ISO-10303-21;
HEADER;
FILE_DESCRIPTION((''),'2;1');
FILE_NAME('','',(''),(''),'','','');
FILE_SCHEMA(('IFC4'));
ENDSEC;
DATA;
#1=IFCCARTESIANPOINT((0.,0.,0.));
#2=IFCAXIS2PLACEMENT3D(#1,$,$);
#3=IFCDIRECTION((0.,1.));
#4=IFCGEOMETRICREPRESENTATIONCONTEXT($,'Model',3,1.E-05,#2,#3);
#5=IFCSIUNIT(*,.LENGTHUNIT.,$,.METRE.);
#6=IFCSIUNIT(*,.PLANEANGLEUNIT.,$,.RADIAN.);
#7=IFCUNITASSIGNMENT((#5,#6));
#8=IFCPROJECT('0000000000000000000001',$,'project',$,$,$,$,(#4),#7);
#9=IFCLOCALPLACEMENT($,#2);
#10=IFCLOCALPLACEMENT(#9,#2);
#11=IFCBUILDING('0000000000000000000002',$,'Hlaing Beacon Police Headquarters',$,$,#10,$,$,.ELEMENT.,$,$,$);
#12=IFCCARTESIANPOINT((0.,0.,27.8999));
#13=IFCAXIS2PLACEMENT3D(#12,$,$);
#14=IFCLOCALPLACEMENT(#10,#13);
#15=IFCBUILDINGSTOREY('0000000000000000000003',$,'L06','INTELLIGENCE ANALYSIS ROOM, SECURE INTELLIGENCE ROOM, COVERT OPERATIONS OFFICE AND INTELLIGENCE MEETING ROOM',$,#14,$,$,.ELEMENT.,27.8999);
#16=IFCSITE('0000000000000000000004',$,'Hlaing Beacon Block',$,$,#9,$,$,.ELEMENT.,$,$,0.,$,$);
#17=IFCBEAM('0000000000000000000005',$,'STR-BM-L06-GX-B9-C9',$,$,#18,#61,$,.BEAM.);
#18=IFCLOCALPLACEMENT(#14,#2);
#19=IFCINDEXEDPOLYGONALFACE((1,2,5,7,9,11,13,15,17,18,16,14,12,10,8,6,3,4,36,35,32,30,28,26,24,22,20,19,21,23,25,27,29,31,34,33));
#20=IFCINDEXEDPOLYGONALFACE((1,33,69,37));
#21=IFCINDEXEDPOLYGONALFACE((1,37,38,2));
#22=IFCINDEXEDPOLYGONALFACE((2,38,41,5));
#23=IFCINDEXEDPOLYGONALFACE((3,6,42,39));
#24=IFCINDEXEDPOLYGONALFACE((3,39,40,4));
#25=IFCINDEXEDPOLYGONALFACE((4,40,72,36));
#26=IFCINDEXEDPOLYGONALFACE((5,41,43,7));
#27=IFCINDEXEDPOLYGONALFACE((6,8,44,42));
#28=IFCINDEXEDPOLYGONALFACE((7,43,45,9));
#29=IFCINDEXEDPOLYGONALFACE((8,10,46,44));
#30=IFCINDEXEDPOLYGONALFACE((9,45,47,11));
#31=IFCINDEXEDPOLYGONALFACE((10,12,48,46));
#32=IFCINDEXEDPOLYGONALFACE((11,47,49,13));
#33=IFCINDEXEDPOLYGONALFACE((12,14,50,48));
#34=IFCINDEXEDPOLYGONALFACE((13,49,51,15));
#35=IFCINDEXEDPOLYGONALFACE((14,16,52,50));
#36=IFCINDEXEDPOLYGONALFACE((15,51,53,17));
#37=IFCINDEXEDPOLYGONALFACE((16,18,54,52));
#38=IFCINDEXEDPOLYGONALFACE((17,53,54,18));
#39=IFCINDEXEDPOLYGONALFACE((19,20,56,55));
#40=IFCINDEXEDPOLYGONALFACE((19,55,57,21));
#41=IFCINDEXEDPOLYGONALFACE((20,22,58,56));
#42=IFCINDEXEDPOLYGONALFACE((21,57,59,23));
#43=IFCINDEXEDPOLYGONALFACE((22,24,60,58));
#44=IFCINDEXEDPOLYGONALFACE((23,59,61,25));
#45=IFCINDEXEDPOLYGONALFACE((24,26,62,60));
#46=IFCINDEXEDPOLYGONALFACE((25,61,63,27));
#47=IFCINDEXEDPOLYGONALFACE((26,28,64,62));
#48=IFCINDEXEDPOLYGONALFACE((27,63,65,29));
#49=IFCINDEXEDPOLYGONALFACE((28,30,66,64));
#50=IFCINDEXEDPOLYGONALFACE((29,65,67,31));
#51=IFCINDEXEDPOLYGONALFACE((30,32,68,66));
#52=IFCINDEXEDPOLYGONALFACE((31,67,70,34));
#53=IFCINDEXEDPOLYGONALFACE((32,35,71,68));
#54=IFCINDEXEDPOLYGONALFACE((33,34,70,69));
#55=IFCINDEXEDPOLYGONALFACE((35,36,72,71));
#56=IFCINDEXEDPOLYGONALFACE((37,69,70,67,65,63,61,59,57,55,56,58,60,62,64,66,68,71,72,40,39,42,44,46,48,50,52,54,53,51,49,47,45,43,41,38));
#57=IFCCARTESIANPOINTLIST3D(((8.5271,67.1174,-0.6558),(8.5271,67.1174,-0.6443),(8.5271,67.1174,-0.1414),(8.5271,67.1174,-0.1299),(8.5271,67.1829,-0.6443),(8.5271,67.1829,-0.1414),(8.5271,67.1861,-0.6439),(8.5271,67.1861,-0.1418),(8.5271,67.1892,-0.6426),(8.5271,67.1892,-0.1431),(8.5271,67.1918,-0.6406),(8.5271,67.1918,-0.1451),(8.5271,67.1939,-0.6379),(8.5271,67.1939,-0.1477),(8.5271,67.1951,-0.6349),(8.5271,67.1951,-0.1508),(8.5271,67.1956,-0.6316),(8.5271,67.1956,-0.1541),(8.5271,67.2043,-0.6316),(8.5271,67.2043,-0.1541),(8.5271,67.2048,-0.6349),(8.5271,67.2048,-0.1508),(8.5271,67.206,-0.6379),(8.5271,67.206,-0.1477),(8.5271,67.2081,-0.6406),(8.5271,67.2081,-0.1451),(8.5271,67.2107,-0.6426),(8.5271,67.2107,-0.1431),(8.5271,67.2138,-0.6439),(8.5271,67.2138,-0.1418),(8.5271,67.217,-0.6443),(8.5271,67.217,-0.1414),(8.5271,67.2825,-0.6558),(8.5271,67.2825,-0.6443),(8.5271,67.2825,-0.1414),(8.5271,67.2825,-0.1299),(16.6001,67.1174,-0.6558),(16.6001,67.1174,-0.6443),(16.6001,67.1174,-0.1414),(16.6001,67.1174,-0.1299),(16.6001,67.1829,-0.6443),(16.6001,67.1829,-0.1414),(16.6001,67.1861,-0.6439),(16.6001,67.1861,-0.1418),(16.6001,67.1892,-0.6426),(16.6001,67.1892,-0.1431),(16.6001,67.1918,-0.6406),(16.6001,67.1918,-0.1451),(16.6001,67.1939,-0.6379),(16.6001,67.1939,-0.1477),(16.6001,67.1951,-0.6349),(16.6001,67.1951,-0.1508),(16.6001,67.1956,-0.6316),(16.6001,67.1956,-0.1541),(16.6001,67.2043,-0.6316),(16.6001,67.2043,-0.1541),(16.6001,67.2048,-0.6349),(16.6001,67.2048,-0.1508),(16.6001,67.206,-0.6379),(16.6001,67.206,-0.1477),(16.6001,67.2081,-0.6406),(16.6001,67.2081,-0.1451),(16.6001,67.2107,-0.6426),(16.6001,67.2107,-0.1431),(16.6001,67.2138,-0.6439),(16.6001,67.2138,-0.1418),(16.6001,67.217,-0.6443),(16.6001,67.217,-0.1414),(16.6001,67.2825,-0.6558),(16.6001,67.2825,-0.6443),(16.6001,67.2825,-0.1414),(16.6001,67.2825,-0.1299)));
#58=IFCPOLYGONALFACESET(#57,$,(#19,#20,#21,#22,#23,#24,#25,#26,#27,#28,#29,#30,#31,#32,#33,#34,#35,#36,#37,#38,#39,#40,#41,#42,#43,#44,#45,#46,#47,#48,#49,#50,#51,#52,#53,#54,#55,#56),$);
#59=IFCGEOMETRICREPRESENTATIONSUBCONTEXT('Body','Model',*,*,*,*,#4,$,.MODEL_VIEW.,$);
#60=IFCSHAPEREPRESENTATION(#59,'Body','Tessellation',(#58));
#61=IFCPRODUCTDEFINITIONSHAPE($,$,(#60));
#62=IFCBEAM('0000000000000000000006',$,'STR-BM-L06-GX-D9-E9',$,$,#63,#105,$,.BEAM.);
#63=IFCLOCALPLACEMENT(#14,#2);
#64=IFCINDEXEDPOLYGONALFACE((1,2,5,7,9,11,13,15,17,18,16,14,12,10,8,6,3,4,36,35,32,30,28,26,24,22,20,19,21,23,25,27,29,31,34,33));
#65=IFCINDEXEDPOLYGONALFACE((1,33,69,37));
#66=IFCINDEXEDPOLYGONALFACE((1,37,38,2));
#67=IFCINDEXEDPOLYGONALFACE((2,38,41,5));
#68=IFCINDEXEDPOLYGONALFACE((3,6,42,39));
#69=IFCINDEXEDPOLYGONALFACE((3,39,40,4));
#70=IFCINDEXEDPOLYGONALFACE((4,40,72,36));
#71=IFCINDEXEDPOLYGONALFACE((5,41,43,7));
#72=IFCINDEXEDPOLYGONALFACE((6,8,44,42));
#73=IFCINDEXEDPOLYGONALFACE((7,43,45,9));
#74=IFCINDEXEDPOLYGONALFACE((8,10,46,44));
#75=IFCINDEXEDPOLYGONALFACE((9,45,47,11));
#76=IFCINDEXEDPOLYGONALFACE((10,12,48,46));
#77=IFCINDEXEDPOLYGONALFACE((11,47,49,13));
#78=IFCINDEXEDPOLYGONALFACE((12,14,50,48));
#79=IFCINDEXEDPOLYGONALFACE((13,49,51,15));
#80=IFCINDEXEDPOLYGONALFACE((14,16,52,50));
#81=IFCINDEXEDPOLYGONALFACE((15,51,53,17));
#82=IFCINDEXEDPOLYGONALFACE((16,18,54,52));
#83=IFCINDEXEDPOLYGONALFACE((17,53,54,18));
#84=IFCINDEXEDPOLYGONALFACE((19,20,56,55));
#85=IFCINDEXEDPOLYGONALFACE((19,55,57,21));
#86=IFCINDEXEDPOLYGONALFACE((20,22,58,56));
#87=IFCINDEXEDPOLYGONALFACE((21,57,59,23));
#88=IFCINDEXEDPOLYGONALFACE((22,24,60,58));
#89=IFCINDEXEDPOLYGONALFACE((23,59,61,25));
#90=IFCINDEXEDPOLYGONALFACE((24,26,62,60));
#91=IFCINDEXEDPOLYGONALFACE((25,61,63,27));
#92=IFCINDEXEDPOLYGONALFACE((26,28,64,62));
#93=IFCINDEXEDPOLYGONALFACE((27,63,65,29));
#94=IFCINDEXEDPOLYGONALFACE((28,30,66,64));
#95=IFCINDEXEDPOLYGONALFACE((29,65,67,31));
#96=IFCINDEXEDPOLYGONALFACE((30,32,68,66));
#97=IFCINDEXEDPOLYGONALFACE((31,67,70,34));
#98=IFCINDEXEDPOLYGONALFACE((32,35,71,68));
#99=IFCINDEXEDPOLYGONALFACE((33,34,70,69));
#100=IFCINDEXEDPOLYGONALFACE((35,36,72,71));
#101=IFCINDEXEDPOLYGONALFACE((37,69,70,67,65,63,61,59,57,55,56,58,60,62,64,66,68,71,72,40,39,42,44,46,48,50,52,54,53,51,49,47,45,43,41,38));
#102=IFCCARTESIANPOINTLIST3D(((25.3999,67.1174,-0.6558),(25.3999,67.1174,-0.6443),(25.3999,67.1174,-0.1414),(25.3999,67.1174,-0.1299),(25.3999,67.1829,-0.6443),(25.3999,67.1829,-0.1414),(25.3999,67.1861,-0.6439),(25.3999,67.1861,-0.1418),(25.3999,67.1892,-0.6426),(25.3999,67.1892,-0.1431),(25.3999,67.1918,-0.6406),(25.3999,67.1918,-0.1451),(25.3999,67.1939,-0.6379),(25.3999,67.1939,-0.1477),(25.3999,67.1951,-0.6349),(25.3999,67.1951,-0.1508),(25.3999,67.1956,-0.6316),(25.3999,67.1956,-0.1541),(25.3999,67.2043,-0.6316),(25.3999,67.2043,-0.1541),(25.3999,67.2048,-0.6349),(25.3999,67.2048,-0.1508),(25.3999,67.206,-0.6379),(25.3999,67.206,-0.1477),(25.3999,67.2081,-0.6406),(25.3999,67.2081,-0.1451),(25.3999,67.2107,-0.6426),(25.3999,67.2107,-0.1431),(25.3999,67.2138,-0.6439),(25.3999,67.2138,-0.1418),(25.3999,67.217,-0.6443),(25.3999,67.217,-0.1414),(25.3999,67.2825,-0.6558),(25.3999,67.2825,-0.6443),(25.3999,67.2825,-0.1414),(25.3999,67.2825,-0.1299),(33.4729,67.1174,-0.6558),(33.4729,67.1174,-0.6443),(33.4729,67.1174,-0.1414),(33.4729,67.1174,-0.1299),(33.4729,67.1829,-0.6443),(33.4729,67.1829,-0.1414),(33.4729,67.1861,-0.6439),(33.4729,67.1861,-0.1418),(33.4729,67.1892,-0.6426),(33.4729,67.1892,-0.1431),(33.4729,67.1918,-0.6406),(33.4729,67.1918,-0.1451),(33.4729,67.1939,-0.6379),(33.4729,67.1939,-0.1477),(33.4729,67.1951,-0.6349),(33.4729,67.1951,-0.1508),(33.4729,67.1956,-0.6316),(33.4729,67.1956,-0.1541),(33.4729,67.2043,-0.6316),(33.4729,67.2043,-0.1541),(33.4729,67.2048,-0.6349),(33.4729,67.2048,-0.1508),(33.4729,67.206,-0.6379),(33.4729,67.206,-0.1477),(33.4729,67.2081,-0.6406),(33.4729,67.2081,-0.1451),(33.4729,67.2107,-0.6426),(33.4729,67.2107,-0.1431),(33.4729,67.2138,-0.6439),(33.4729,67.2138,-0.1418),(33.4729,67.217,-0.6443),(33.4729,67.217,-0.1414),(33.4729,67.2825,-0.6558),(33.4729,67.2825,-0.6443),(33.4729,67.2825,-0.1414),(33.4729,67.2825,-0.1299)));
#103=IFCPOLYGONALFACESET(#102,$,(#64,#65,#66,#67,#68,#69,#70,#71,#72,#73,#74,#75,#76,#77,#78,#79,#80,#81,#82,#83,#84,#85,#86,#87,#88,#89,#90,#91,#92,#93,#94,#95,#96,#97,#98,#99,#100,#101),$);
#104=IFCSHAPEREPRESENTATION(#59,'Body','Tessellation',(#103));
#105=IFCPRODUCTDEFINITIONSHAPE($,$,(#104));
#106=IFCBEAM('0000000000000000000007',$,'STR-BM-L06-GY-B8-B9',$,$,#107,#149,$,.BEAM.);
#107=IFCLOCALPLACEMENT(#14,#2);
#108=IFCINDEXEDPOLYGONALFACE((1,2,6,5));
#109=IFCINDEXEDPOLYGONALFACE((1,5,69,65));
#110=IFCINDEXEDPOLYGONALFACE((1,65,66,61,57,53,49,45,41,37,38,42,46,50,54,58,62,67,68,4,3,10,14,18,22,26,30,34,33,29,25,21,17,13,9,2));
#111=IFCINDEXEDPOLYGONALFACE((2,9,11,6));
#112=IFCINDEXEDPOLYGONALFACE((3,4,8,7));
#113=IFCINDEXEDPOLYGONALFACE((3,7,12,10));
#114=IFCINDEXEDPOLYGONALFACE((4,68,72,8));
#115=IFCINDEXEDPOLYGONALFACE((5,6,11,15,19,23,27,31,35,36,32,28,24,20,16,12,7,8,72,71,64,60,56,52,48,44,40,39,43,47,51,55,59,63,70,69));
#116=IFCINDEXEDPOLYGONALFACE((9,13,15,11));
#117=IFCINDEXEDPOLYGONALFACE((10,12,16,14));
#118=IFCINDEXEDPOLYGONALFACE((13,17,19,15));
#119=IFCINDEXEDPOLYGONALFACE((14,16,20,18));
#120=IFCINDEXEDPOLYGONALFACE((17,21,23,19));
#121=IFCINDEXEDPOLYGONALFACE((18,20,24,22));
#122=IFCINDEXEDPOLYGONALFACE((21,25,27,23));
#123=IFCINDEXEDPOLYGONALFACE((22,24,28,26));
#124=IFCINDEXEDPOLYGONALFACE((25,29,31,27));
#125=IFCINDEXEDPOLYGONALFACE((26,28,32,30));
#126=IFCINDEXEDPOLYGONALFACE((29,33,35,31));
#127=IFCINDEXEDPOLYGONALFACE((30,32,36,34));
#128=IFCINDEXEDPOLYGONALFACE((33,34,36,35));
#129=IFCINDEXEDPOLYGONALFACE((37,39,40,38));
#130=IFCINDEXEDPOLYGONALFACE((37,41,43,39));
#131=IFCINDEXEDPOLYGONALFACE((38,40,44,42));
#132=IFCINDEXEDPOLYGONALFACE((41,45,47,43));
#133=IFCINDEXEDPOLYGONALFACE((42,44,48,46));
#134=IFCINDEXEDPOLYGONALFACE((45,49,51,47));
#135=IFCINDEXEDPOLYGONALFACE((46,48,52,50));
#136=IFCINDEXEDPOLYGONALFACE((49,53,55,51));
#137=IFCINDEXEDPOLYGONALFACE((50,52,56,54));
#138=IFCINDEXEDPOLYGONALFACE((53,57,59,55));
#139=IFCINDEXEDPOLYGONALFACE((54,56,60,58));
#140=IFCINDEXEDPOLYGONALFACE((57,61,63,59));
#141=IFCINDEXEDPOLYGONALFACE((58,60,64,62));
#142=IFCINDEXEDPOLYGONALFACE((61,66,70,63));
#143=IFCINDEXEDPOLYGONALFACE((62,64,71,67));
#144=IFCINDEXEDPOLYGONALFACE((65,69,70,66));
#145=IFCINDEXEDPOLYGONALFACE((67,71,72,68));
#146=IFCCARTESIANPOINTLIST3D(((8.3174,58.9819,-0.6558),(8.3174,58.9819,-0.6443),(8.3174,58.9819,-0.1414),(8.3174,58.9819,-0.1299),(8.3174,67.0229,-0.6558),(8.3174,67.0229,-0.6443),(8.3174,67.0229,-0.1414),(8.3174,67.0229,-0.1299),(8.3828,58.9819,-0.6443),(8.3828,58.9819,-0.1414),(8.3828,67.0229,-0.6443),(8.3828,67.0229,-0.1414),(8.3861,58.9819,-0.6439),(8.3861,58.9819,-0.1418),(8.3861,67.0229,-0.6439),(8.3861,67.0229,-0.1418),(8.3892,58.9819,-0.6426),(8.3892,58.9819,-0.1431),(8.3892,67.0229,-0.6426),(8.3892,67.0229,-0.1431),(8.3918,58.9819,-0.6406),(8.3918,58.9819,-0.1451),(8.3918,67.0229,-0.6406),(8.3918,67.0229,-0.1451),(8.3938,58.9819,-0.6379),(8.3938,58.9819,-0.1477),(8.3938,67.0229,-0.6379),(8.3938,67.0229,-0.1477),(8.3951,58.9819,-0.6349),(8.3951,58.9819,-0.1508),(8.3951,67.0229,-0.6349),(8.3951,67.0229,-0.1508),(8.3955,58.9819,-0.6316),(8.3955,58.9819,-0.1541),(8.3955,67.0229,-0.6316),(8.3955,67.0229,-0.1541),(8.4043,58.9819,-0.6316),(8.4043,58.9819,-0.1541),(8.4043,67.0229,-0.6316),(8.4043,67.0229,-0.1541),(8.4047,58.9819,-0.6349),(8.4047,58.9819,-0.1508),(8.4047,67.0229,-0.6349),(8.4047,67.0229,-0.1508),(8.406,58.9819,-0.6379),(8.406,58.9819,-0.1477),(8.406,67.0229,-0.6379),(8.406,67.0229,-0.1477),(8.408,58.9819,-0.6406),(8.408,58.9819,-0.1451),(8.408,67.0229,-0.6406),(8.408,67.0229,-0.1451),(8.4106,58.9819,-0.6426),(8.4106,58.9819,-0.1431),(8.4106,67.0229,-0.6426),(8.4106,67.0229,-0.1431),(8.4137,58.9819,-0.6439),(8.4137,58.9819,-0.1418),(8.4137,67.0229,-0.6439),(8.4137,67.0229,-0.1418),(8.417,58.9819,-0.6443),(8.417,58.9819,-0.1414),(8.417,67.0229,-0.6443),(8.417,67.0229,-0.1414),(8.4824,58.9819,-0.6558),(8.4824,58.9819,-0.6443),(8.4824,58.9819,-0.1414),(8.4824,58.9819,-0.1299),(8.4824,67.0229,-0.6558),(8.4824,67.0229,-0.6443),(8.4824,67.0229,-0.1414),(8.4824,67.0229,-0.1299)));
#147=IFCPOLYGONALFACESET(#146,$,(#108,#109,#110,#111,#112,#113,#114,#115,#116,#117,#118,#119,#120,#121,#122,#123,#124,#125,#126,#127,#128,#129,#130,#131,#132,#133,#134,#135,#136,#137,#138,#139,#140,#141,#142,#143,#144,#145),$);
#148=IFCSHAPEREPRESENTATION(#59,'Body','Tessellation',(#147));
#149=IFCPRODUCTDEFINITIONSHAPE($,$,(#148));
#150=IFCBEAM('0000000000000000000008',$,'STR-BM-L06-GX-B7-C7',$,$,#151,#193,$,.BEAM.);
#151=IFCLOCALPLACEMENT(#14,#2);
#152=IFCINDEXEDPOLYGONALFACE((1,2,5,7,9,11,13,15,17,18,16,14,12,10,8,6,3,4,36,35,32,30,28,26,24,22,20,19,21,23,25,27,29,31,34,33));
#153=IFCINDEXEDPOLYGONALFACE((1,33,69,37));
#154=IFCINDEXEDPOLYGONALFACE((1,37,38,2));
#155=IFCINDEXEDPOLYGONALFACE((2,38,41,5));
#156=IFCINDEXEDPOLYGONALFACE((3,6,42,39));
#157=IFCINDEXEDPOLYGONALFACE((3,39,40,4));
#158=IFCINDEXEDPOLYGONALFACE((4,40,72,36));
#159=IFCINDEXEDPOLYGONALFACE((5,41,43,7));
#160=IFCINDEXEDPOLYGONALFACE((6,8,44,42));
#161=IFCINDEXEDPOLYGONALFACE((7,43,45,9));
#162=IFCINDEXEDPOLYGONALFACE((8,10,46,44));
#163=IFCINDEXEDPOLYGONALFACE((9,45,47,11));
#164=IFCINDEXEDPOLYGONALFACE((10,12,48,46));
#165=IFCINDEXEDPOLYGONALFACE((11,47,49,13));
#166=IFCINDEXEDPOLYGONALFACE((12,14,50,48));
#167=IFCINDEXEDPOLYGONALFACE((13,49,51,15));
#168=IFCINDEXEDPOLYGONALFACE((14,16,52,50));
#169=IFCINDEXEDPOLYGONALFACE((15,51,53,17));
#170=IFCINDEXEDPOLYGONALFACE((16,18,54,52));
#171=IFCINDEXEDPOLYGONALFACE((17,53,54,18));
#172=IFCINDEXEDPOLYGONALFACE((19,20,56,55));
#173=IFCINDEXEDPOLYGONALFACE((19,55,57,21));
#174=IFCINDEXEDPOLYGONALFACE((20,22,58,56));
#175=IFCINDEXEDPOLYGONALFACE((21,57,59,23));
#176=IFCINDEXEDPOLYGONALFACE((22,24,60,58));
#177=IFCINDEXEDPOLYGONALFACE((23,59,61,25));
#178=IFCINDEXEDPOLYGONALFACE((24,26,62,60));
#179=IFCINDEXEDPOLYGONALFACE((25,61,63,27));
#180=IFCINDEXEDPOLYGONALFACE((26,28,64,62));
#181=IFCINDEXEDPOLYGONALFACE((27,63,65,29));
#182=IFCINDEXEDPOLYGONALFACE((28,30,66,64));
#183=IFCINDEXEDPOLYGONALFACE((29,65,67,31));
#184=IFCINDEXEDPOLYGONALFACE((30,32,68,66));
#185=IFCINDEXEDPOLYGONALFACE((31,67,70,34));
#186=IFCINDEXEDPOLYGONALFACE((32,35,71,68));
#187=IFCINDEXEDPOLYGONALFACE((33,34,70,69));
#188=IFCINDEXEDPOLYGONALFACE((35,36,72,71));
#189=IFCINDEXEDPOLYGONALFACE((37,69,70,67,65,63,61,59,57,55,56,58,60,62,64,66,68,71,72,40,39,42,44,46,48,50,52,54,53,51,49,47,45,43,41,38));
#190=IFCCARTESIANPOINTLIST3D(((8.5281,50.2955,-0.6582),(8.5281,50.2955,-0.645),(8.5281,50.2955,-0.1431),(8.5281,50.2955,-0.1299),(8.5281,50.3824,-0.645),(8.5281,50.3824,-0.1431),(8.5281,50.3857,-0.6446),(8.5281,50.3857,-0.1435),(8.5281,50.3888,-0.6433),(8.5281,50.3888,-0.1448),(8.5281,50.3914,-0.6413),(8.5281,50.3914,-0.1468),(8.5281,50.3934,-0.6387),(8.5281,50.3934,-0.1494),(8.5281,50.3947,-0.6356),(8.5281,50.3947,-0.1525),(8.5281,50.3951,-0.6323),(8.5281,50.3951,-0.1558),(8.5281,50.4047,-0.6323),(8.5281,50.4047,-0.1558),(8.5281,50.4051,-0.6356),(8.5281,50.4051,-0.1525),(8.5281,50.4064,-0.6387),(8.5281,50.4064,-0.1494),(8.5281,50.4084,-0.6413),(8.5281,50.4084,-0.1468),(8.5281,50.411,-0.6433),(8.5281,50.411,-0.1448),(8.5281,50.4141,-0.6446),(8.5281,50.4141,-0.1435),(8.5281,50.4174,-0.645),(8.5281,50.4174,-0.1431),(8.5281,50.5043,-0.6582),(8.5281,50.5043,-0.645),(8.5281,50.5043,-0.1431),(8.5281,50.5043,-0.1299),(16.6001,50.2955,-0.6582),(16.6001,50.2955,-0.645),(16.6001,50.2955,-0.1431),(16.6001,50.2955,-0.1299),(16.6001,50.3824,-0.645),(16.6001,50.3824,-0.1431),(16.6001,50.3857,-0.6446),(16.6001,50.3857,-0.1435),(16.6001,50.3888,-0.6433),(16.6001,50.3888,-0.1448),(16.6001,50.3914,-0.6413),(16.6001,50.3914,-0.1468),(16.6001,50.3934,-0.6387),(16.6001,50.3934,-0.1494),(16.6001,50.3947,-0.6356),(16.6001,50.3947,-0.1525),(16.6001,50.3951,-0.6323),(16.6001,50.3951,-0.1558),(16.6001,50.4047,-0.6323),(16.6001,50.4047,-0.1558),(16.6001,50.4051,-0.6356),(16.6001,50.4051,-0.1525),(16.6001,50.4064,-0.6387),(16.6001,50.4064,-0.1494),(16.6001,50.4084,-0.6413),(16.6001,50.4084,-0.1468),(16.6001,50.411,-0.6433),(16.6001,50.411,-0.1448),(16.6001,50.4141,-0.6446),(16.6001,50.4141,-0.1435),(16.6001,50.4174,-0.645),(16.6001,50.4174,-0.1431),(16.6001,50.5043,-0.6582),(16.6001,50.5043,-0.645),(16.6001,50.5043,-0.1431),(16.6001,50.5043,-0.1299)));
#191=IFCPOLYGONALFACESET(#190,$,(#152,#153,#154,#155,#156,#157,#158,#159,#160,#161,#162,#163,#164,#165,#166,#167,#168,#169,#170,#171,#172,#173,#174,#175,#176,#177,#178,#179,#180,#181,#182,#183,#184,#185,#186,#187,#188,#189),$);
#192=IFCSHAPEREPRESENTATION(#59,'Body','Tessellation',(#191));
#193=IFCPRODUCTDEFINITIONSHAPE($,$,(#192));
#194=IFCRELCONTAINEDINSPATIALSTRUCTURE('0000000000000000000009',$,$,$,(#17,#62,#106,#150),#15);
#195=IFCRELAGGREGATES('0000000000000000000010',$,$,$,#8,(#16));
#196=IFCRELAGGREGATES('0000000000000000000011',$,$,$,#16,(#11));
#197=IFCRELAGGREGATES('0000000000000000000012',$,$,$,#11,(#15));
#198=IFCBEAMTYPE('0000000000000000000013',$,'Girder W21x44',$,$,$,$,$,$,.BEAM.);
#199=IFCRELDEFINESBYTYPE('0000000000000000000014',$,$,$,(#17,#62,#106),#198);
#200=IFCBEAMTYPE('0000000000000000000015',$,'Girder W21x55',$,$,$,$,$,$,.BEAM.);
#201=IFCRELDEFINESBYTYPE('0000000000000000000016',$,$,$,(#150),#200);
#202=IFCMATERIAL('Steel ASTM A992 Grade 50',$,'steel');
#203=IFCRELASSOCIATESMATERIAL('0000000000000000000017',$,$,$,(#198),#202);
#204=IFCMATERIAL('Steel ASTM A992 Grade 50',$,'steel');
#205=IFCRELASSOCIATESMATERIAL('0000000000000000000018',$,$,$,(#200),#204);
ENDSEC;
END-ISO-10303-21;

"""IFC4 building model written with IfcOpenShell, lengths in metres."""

from ifc_helpers import new_model, si_unit, direction, frame, origin, origin_2d, place, context, subcontext, project, spatial, i_section, extrude, material, material_profile, profile_set, type_object, element, save


model = new_model("IFC4")

# Units and contexts
model_context = context("Model", 3, precision=1e-05, world=origin(), true_north=direction((0.0, 1.0)))
body_context = subcontext(model_context, "Body", "Model", "MODEL_VIEW")
ifc_project = project(units=[si_unit("LENGTHUNIT", "METRE"), si_unit("PLANEANGLEUNIT", "RADIAN")], contexts=[model_context])

# Site, building, storey
site_placement = place(None, origin())
site = spatial("IfcSite", under=ifc_project, at=site_placement, Name="Hlaing Beacon Block", CompositionType="ELEMENT", RefElevation=0.0)
building_placement = place(site_placement, origin())
building = spatial("IfcBuilding", under=site, at=building_placement, Name="Hlaing Beacon Police Headquarters", CompositionType="ELEMENT")
storey_placement = place(building_placement, frame((0.0, 0.0, 27.8999)))
storey = spatial("IfcBuildingStorey", under=building, at=storey_placement, Name="L06", Description="INTELLIGENCE ANALYSIS ROOM, SECURE INTELLIGENCE ROOM, COVERT OPERATIONS OFFICE AND INTELLIGENCE MEETING ROOM", CompositionType="ELEMENT", Elevation=27.8999)

# Beams
ifc_material_1 = material(Name="Steel ASTM A992 Grade 50", Category="steel")
ifc_material_profile_1 = material_profile(ifc_material_1, i_section(OverallWidth=0.165, OverallDepth=0.5259, WebThickness=0.0088, FlangeThickness=0.0115, FilletRadius=0.0127, at=origin_2d()), Name="W21x44")
ifc_profile_set_1 = profile_set([ifc_material_profile_1], Name="Steel ASTM A992 Grade 50")
beam_type_1 = type_object("IfcBeamType", Name="Girder W21x44", PredefinedType="BEAM", material=ifc_profile_set_1)
for number, where, z_axis, x_axis, name in (
    (1, (8.5271, 67.2, -0.3928), (1.0, 0.0, 0.0), (0.0, 1.0, 0.0), "STR-BM-L06-GX-B9-C9"),
    (2, (25.3999, 67.2, -0.3928), (1.0, 0.0, 0.0), (0.0, 1.0, 0.0), "STR-BM-L06-GX-D9-E9"),
):
    element("IfcBeam", number, at=place(storey_placement, frame(where, z_axis=z_axis, x_axis=x_axis)), inside=storey, type_object=beam_type_1, Name=name, PredefinedType="BEAM", context=body_context, shape_type="SweptSolid", body=[
        extrude(i_section(OverallWidth=0.165, OverallDepth=0.5259, WebThickness=0.0088, FlangeThickness=0.0115, FilletRadius=0.0127, at=origin_2d()), origin(), (0.0, 0.0, 1.0), 8.073),
    ])
beam_placement = place(storey_placement, frame((8.3999, 58.9819, -0.3928), z_axis=(0.0, 1.0, 0.0), x_axis=(-1.0, 0.0, 0.0)))
element("IfcBeam", 3, at=beam_placement, inside=storey, type_object=beam_type_1, Name="STR-BM-L06-GY-B8-B9", PredefinedType="BEAM", context=body_context, shape_type="SweptSolid", body=[
    extrude(i_section(OverallWidth=0.165, OverallDepth=0.5259, WebThickness=0.0088, FlangeThickness=0.0115, FilletRadius=0.0127, at=origin_2d()), origin(), (0.0, 0.0, 1.0), 8.041),
])
ifc_material_2 = material(Name="Steel ASTM A992 Grade 50", Category="steel")
ifc_material_profile_2 = material_profile(ifc_material_2, i_section(OverallWidth=0.2087, OverallDepth=0.5283, WebThickness=0.0095, FlangeThickness=0.0132, FilletRadius=0.0127, at=origin_2d()), Name="W21x55")
ifc_profile_set_2 = profile_set([ifc_material_profile_2], Name="Steel ASTM A992 Grade 50")
beam_type_2 = type_object("IfcBeamType", Name="Girder W21x55", PredefinedType="BEAM", material=ifc_profile_set_2)
for number, where, z_axis, x_axis, name in (
    (4, (8.5281, 50.3999, -0.394), (1.0, 0.0, 0.0), (0.0, 1.0, 0.0), "STR-BM-L06-GX-B7-C7"),
):
    element("IfcBeam", number, at=place(storey_placement, frame(where, z_axis=z_axis, x_axis=x_axis)), inside=storey, type_object=beam_type_2, Name=name, PredefinedType="BEAM", context=body_context, shape_type="SweptSolid", body=[
        extrude(i_section(OverallWidth=0.2087, OverallDepth=0.5283, WebThickness=0.0095, FlangeThickness=0.0132, FilletRadius=0.0127, at=origin_2d()), origin(), (0.0, 0.0, 1.0), 8.072),
    ])

save(model, "model.ifc")
